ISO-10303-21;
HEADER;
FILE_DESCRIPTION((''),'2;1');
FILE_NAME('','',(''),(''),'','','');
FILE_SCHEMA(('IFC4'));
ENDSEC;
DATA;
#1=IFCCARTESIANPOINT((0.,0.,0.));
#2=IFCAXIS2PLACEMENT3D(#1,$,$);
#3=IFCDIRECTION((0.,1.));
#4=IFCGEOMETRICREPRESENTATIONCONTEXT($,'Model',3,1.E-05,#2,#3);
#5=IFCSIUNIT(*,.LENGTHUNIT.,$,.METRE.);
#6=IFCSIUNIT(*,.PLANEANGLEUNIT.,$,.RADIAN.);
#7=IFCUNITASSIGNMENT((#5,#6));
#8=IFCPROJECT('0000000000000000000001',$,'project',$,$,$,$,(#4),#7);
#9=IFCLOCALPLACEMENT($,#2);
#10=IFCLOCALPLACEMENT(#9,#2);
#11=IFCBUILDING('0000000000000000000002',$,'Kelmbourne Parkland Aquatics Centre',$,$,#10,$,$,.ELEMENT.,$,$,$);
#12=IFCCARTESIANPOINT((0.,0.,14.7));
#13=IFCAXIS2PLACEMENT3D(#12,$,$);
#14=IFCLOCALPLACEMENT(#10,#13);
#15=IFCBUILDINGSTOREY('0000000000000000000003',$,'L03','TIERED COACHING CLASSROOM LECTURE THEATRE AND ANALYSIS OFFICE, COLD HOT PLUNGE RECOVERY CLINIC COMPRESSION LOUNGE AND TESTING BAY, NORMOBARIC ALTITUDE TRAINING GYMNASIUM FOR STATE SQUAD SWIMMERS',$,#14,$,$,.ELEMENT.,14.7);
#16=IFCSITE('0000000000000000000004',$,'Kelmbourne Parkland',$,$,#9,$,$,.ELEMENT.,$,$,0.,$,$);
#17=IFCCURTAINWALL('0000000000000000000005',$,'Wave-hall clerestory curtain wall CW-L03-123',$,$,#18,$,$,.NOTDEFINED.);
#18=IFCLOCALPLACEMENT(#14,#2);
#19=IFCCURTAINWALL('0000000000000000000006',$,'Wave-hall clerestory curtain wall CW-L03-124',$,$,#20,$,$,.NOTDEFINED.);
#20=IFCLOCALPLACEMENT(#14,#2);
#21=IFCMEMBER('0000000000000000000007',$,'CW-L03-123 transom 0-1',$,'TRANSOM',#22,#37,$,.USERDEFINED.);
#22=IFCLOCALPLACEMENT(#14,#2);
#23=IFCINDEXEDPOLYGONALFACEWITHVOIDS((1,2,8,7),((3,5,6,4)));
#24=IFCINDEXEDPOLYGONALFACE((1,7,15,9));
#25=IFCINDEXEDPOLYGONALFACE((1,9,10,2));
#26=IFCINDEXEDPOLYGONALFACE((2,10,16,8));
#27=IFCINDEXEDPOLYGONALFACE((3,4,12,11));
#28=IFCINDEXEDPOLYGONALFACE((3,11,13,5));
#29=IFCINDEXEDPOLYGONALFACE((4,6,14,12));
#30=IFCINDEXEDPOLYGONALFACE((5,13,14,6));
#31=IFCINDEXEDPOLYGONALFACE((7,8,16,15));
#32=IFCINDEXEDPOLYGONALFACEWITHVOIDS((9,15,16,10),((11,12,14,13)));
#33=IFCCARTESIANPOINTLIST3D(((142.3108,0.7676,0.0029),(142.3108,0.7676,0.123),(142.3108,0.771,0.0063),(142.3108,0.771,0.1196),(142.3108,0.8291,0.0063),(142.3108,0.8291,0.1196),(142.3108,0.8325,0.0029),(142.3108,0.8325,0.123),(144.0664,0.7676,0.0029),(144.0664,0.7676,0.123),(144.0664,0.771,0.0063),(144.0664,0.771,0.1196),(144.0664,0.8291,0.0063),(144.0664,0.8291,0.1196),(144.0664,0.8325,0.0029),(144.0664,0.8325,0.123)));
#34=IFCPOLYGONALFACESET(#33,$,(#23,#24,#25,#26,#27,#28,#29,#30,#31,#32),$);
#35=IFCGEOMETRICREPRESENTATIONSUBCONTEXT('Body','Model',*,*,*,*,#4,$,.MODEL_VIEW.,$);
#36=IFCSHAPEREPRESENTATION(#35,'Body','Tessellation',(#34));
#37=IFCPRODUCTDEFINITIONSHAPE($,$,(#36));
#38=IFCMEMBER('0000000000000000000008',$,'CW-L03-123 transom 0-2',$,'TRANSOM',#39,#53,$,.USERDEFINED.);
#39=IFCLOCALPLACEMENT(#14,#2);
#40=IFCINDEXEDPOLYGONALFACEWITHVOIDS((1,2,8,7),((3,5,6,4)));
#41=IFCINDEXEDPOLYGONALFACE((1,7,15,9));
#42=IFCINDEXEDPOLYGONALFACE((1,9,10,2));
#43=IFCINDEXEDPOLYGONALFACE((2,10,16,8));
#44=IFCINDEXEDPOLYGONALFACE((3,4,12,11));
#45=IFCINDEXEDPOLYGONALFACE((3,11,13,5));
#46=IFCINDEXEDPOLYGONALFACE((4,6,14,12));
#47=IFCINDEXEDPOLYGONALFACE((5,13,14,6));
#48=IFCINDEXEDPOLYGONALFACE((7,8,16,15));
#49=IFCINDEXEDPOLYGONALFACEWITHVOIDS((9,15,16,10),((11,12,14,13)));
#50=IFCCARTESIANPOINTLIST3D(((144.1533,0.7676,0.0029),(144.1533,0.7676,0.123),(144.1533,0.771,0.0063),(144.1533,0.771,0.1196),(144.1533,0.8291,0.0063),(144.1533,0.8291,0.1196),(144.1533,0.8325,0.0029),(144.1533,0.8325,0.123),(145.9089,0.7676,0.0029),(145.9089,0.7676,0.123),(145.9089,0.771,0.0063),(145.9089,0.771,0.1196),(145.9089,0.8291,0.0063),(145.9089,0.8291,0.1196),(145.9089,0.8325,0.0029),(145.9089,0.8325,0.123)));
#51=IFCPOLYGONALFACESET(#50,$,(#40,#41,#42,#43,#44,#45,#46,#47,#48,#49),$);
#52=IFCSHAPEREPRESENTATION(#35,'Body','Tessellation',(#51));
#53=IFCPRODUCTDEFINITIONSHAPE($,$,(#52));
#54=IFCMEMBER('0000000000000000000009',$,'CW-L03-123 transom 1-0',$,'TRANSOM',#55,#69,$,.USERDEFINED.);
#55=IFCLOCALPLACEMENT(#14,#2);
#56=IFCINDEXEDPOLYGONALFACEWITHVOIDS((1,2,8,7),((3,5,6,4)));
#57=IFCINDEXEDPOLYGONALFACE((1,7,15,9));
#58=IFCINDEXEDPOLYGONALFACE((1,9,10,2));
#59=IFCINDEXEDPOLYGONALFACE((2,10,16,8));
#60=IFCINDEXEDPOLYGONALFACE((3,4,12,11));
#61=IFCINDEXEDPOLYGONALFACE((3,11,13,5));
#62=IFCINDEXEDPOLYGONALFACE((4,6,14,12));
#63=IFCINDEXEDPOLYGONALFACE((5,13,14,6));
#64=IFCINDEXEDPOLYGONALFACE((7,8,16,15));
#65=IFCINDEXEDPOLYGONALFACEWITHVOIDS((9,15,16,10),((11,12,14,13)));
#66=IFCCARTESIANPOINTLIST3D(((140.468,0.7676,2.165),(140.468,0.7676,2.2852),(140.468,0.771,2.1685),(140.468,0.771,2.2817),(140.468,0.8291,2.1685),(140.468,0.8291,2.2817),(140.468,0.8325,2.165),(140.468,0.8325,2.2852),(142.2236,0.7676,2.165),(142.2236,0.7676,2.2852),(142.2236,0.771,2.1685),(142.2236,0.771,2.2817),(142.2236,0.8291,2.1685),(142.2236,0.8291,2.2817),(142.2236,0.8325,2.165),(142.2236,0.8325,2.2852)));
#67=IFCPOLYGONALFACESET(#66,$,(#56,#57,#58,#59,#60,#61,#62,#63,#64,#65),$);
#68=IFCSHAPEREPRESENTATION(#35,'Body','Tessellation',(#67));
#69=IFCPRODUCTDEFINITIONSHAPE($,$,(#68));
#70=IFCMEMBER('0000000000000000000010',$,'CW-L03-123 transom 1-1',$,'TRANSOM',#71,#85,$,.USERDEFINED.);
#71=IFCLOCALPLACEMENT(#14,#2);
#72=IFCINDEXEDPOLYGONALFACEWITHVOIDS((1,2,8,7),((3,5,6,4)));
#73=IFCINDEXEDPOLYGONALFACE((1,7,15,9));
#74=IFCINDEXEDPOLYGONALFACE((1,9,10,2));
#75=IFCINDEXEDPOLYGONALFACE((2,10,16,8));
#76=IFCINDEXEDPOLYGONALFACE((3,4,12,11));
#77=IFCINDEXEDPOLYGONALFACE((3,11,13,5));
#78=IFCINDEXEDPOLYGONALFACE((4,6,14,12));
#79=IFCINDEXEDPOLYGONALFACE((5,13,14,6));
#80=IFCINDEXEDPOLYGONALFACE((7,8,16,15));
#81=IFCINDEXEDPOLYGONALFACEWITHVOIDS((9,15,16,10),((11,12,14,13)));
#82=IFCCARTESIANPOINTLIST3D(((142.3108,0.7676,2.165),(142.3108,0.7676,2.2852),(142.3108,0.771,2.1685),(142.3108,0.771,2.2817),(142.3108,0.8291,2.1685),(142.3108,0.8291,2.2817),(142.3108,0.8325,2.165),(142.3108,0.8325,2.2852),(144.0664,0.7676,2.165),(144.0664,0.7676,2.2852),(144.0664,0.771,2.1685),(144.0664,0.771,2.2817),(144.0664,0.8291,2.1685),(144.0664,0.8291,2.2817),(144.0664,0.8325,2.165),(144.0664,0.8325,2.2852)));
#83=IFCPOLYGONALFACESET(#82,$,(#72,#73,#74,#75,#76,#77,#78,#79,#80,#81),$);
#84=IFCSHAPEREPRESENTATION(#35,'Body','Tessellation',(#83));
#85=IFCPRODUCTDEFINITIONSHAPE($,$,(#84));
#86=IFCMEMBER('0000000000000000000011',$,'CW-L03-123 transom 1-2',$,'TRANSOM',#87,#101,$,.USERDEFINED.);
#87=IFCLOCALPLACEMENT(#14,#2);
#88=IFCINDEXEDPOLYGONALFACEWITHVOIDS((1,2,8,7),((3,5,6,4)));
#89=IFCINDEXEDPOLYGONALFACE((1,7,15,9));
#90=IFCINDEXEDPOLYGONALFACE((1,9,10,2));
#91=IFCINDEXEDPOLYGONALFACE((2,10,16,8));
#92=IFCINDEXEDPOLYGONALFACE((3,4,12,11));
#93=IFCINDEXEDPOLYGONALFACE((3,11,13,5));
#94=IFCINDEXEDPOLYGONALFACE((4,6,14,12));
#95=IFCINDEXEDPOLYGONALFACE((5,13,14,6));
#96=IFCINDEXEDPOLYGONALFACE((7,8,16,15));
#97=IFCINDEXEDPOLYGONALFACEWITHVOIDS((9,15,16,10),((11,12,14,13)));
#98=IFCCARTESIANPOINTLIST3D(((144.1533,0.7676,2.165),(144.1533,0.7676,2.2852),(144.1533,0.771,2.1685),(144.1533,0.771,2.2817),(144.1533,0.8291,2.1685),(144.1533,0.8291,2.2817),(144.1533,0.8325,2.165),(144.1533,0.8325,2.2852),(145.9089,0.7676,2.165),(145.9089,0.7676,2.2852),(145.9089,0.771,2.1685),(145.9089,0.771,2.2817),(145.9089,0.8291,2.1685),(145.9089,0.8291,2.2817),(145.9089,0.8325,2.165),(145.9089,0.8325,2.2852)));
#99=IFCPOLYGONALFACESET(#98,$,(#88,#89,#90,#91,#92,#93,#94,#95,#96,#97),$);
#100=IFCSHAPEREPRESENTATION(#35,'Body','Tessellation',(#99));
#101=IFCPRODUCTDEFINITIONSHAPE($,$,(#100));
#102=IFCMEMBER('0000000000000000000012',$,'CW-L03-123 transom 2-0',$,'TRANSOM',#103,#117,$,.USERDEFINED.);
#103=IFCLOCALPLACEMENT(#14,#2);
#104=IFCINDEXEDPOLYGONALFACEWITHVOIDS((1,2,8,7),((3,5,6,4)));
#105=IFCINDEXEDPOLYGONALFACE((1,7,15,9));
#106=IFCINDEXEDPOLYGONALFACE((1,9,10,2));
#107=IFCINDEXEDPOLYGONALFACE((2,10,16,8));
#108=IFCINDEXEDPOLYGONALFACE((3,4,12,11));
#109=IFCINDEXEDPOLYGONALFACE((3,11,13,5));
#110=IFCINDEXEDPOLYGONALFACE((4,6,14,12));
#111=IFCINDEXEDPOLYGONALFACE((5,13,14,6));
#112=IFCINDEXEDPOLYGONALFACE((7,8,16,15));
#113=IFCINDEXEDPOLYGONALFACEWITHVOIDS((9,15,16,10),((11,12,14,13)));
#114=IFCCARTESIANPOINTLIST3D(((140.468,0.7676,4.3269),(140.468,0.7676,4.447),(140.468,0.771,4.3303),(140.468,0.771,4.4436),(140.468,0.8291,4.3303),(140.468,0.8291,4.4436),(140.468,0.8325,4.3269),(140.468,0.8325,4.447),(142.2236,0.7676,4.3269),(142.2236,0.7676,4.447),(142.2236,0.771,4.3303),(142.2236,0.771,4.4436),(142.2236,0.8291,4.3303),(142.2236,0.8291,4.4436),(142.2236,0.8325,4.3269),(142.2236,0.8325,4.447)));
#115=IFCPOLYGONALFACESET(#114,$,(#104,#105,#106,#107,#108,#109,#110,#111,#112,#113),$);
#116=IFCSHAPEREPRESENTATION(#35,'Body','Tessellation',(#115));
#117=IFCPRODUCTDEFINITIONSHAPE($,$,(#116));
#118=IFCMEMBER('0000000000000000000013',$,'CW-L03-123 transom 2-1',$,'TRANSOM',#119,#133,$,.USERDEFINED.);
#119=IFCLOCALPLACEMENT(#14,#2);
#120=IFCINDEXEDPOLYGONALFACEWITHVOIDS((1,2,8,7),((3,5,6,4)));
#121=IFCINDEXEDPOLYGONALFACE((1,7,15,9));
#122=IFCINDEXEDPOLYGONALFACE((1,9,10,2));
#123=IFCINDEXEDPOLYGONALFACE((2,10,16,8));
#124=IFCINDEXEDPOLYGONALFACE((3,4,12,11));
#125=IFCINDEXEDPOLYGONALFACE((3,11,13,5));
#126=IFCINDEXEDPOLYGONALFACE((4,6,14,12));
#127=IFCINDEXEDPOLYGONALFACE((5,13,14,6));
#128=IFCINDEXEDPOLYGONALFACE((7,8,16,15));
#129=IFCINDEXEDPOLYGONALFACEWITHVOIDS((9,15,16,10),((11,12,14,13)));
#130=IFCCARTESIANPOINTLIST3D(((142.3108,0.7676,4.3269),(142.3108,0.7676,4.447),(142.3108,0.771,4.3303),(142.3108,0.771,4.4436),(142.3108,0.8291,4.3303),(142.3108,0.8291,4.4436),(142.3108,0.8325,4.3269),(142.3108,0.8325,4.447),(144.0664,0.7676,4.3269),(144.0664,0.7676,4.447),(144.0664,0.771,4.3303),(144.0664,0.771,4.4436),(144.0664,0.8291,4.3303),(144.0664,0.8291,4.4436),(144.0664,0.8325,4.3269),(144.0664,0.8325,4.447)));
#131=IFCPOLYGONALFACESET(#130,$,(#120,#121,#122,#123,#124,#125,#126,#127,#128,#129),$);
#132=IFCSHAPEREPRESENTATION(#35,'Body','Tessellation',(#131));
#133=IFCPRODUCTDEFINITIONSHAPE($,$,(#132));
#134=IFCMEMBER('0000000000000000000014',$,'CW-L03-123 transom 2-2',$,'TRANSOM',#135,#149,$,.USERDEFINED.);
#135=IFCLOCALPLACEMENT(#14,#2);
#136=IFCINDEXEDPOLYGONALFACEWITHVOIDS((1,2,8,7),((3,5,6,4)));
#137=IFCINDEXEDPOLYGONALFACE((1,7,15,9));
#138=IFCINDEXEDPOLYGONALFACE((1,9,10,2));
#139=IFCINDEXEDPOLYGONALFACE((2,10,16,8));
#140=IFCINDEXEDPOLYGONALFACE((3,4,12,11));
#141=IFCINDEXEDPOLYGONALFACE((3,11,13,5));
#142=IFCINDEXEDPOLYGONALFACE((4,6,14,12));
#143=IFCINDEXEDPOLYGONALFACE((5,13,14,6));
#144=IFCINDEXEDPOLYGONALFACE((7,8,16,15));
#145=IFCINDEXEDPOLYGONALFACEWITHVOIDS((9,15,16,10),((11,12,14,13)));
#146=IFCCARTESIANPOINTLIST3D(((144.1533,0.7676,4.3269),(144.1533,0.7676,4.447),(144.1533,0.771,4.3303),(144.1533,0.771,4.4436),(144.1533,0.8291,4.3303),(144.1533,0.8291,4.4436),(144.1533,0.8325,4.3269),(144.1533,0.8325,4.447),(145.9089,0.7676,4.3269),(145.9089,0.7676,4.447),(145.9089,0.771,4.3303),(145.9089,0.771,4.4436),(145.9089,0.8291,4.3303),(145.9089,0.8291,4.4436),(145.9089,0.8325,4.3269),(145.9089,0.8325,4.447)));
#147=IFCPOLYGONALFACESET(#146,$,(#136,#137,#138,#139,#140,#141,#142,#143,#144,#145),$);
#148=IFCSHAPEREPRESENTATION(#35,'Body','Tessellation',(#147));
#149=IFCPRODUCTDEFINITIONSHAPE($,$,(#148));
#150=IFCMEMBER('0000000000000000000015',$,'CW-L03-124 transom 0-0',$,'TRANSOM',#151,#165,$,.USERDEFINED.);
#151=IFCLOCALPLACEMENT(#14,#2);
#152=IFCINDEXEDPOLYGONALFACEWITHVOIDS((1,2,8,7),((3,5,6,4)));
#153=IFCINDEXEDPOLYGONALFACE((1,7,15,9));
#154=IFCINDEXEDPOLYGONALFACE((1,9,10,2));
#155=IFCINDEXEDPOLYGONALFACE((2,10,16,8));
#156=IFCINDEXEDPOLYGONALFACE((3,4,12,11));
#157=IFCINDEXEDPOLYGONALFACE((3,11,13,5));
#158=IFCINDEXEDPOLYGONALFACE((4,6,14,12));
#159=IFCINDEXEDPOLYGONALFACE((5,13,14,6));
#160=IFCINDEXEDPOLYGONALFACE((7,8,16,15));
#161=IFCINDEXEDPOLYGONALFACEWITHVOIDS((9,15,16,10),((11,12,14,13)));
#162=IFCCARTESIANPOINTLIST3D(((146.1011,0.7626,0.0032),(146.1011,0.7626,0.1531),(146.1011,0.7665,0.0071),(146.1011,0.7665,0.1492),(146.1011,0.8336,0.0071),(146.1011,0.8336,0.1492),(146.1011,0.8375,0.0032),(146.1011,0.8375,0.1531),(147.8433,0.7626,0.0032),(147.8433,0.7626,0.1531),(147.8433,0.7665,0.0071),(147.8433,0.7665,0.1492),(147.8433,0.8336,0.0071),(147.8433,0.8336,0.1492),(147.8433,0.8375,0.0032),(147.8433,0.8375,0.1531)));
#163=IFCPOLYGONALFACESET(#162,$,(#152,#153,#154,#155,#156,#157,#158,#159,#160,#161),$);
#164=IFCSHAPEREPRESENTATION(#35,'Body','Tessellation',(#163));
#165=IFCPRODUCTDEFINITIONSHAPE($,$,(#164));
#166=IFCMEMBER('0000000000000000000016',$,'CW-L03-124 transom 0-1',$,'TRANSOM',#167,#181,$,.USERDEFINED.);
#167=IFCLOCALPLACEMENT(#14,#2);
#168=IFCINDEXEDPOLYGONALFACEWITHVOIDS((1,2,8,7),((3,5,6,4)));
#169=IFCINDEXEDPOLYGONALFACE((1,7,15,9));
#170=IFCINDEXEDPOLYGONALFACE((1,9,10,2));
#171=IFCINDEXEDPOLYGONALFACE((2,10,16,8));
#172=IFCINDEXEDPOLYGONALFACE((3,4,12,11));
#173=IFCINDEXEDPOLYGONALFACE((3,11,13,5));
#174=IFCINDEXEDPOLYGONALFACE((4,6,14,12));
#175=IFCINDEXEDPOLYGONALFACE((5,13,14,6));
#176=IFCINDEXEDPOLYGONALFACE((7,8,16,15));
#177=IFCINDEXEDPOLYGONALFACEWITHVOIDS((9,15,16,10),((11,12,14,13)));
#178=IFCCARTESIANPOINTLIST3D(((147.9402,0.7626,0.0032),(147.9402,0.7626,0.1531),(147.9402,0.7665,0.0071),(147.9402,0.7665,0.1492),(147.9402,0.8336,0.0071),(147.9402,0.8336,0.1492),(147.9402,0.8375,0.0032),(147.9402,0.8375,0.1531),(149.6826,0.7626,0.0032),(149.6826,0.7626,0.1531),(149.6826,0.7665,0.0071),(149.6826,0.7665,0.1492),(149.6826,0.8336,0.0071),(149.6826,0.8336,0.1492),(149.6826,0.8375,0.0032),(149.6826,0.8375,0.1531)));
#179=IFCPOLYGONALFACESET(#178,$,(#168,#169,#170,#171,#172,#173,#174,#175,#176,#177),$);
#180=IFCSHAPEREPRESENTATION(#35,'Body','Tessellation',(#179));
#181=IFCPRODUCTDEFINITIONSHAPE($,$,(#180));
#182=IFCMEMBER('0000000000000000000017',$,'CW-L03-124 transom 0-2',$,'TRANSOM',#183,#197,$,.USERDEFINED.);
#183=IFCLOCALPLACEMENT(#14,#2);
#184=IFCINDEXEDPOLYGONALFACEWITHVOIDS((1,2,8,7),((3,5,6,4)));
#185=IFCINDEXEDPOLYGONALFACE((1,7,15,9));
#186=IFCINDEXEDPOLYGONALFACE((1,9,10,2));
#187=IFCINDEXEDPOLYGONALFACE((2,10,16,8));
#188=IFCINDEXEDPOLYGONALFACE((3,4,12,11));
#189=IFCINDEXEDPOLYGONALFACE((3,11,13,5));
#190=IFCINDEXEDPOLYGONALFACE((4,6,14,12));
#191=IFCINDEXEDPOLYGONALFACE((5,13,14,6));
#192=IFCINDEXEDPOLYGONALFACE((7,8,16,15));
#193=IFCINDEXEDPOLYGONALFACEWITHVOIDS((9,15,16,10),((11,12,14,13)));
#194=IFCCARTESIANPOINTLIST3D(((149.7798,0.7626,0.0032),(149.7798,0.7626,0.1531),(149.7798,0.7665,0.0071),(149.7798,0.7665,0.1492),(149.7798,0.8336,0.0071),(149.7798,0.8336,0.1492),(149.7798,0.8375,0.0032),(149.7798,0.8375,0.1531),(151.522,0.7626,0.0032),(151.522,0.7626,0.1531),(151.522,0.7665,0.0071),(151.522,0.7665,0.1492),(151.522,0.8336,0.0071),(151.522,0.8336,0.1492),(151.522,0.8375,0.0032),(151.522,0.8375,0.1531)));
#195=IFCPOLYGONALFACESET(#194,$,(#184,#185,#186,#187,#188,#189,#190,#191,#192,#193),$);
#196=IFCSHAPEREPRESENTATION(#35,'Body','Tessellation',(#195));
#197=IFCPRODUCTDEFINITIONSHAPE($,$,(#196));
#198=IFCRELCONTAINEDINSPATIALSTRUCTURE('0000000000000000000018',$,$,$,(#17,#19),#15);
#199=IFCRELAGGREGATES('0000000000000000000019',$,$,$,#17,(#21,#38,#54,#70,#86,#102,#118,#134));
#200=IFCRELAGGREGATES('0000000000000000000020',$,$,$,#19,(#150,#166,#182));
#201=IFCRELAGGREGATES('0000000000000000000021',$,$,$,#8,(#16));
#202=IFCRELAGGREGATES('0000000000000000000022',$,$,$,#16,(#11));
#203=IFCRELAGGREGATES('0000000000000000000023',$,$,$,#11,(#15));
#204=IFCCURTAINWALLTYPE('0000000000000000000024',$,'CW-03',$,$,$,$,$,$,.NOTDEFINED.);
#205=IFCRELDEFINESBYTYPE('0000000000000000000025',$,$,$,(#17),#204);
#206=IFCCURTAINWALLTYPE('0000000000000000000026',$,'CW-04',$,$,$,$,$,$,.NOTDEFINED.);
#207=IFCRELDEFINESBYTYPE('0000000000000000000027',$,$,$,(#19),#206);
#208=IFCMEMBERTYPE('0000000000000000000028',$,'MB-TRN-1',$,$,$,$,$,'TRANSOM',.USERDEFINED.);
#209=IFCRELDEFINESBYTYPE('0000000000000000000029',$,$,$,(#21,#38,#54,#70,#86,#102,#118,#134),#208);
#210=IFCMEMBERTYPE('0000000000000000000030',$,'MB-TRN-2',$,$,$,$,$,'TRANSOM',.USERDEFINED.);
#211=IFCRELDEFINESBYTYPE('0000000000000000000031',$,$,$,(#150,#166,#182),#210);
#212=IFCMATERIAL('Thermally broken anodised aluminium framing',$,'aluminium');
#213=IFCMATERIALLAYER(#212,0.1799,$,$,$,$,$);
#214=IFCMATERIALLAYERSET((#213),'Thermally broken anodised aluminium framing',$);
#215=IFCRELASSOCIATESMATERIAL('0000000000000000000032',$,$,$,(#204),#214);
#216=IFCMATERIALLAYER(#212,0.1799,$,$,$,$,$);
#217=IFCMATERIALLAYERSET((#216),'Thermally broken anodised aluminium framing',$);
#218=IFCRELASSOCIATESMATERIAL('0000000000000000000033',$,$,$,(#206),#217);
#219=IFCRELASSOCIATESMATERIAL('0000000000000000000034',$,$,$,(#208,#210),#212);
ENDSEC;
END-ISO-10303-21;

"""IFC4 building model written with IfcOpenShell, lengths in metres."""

from ifc_helpers import new_model, si_unit, direction, frame, origin, origin_2d, place, context, subcontext, project, spatial, hollow_rectangle, extrude, material, layer, layer_set, material_profile, profile_set, type_object, element, aggregate, save


model = new_model("IFC4")

# Units and contexts
model_context = context("Model", 3, precision=1e-05, world=origin(), true_north=direction((0.0, 1.0)))
body_context = subcontext(model_context, "Body", "Model", "MODEL_VIEW")
ifc_project = project(units=[si_unit("LENGTHUNIT", "METRE"), si_unit("PLANEANGLEUNIT", "RADIAN")], contexts=[model_context])

# Site, building, storey
site_placement = place(None, origin())
site = spatial("IfcSite", under=ifc_project, at=site_placement, Name="Kelmbourne Parkland", CompositionType="ELEMENT", RefElevation=0.0)
building_placement = place(site_placement, origin())
building = spatial("IfcBuilding", under=site, at=building_placement, Name="Kelmbourne Parkland Aquatics Centre", CompositionType="ELEMENT")
storey_placement = place(building_placement, frame((0.0, 0.0, 14.7)))
storey = spatial("IfcBuildingStorey", under=building, at=storey_placement, Name="L03", Description="TIERED COACHING CLASSROOM LECTURE THEATRE AND ANALYSIS OFFICE, COLD HOT PLUNGE RECOVERY CLINIC COMPRESSION LOUNGE AND TESTING BAY, NORMOBARIC ALTITUDE TRAINING GYMNASIUM FOR STATE SQUAD SWIMMERS", CompositionType="ELEMENT", Elevation=14.7)

# Shared definitions
ifc_material_1 = material(Name="Thermally broken anodised aluminium framing", Category="aluminium")

# Curtain walls
ifc_layer_1 = layer(ifc_material_1, 0.1799)
ifc_layer_set_1 = layer_set([ifc_layer_1], Name="Thermally broken anodised aluminium framing")
curtain_wall_type_1 = type_object("IfcCurtainWallType", Name="CW-03", PredefinedType="NOTDEFINED", material=ifc_layer_set_1)
curtain_wall_1_placement = place(storey_placement, origin())
curtain_wall_1 = element("IfcCurtainWall", 1, at=curtain_wall_1_placement, inside=storey, type_object=curtain_wall_type_1, Name="Wave-hall clerestory curtain wall CW-L03-123", PredefinedType="NOTDEFINED")
ifc_layer_2 = layer(ifc_material_1, 0.1799)
ifc_layer_set_2 = layer_set([ifc_layer_2], Name="Thermally broken anodised aluminium framing")
curtain_wall_type_2 = type_object("IfcCurtainWallType", Name="CW-04", PredefinedType="NOTDEFINED", material=ifc_layer_set_2)
curtain_wall_2_placement = place(storey_placement, origin())
curtain_wall_2 = element("IfcCurtainWall", 2, at=curtain_wall_2_placement, inside=storey, type_object=curtain_wall_type_2, Name="Wave-hall clerestory curtain wall CW-L03-124", PredefinedType="NOTDEFINED")

# Members
ifc_material_profile_1 = material_profile(ifc_material_1, hollow_rectangle(XDim=0.0649, YDim=0.1201, WallThickness=0.0034, at=origin_2d()), Name="CW-T 65x120")
ifc_profile_set_1 = profile_set([ifc_material_profile_1], Name="Thermally broken anodised aluminium framing")
member_type_1 = type_object("IfcMemberType", Name="MB-TRN-1", ElementType="TRANSOM", PredefinedType="USERDEFINED", material=ifc_profile_set_1)
member_1_placement = place(storey_placement, frame((142.3108, 0.8, 0.063), z_axis=(1.0, 0.0, 0.0), x_axis=(0.0, 1.0, 0.0)))
member_1 = element("IfcMember", 3, at=member_1_placement, type_object=member_type_1, Name="CW-L03-123 transom 0-1", ObjectType="TRANSOM", PredefinedType="USERDEFINED", context=body_context, shape_type="SweptSolid", body=[
    extrude(hollow_rectangle(XDim=0.0649, YDim=0.1201, WallThickness=0.0034, at=origin_2d()), origin(), (0.0, 0.0, 1.0), 1.7556),
])
member_2_placement = place(storey_placement, frame((144.1533, 0.8, 0.063), z_axis=(1.0, 0.0, 0.0), x_axis=(0.0, 1.0, 0.0)))
member_2 = element("IfcMember", 4, at=member_2_placement, type_object=member_type_1, Name="CW-L03-123 transom 0-2", ObjectType="TRANSOM", PredefinedType="USERDEFINED", context=body_context, shape_type="SweptSolid", body=[
    extrude(hollow_rectangle(XDim=0.0649, YDim=0.1201, WallThickness=0.0034, at=origin_2d()), origin(), (0.0, 0.0, 1.0), 1.7556),
])
member_3_placement = place(storey_placement, frame((140.468, 0.8, 2.2251), z_axis=(1.0, 0.0, 0.0), x_axis=(0.0, 1.0, 0.0)))
member_3 = element("IfcMember", 5, at=member_3_placement, type_object=member_type_1, Name="CW-L03-123 transom 1-0", ObjectType="TRANSOM", PredefinedType="USERDEFINED", context=body_context, shape_type="SweptSolid", body=[
    extrude(hollow_rectangle(XDim=0.0649, YDim=0.1201, WallThickness=0.0034, at=origin_2d()), origin(), (0.0, 0.0, 1.0), 1.7556),
])
member_4_placement = place(storey_placement, frame((142.3108, 0.8, 2.2251), z_axis=(1.0, 0.0, 0.0), x_axis=(0.0, 1.0, 0.0)))
member_4 = element("IfcMember", 6, at=member_4_placement, type_object=member_type_1, Name="CW-L03-123 transom 1-1", ObjectType="TRANSOM", PredefinedType="USERDEFINED", context=body_context, shape_type="SweptSolid", body=[
    extrude(hollow_rectangle(XDim=0.0649, YDim=0.1201, WallThickness=0.0034, at=origin_2d()), origin(), (0.0, 0.0, 1.0), 1.7556),
])
member_5_placement = place(storey_placement, frame((144.1533, 0.8, 2.2251), z_axis=(1.0, 0.0, 0.0), x_axis=(0.0, 1.0, 0.0)))
member_5 = element("IfcMember", 7, at=member_5_placement, type_object=member_type_1, Name="CW-L03-123 transom 1-2", ObjectType="TRANSOM", PredefinedType="USERDEFINED", context=body_context, shape_type="SweptSolid", body=[
    extrude(hollow_rectangle(XDim=0.0649, YDim=0.1201, WallThickness=0.0034, at=origin_2d()), origin(), (0.0, 0.0, 1.0), 1.7556),
])
member_6_placement = place(storey_placement, frame((140.468, 0.8, 4.387), z_axis=(1.0, 0.0, 0.0), x_axis=(0.0, 1.0, 0.0)))
member_6 = element("IfcMember", 8, at=member_6_placement, type_object=member_type_1, Name="CW-L03-123 transom 2-0", ObjectType="TRANSOM", PredefinedType="USERDEFINED", context=body_context, shape_type="SweptSolid", body=[
    extrude(hollow_rectangle(XDim=0.0649, YDim=0.1201, WallThickness=0.0034, at=origin_2d()), origin(), (0.0, 0.0, 1.0), 1.7556),
])
member_7_placement = place(storey_placement, frame((142.3108, 0.8, 4.387), z_axis=(1.0, 0.0, 0.0), x_axis=(0.0, 1.0, 0.0)))
member_7 = element("IfcMember", 9, at=member_7_placement, type_object=member_type_1, Name="CW-L03-123 transom 2-1", ObjectType="TRANSOM", PredefinedType="USERDEFINED", context=body_context, shape_type="SweptSolid", body=[
    extrude(hollow_rectangle(XDim=0.0649, YDim=0.1201, WallThickness=0.0034, at=origin_2d()), origin(), (0.0, 0.0, 1.0), 1.7556),
])
member_8_placement = place(storey_placement, frame((144.1533, 0.8, 4.387), z_axis=(1.0, 0.0, 0.0), x_axis=(0.0, 1.0, 0.0)))
member_8 = element("IfcMember", 10, at=member_8_placement, type_object=member_type_1, Name="CW-L03-123 transom 2-2", ObjectType="TRANSOM", PredefinedType="USERDEFINED", context=body_context, shape_type="SweptSolid", body=[
    extrude(hollow_rectangle(XDim=0.0649, YDim=0.1201, WallThickness=0.0034, at=origin_2d()), origin(), (0.0, 0.0, 1.0), 1.7556),
])
ifc_material_profile_2 = material_profile(ifc_material_1, hollow_rectangle(XDim=0.075, YDim=0.1499, WallThickness=0.0039, at=origin_2d()), Name="CW-T 75x150")
ifc_profile_set_2 = profile_set([ifc_material_profile_2], Name="Thermally broken anodised aluminium framing")
member_type_2 = type_object("IfcMemberType", Name="MB-TRN-2", ElementType="TRANSOM", PredefinedType="USERDEFINED", material=ifc_profile_set_2)
member_9_placement = place(storey_placement, frame((146.1011, 0.8, 0.0781), z_axis=(1.0, 0.0, 0.0), x_axis=(0.0, 1.0, 0.0)))
member_9 = element("IfcMember", 11, at=member_9_placement, type_object=member_type_2, Name="CW-L03-124 transom 0-0", ObjectType="TRANSOM", PredefinedType="USERDEFINED", context=body_context, shape_type="SweptSolid", body=[
    extrude(hollow_rectangle(XDim=0.075, YDim=0.1499, WallThickness=0.0039, at=origin_2d()), origin(), (0.0, 0.0, 1.0), 1.7422),
])
member_10_placement = place(storey_placement, frame((147.9402, 0.8, 0.0781), z_axis=(1.0, 0.0, 0.0), x_axis=(0.0, 1.0, 0.0)))
member_10 = element("IfcMember", 12, at=member_10_placement, type_object=member_type_2, Name="CW-L03-124 transom 0-1", ObjectType="TRANSOM", PredefinedType="USERDEFINED", context=body_context, shape_type="SweptSolid", body=[
    extrude(hollow_rectangle(XDim=0.075, YDim=0.1499, WallThickness=0.0039, at=origin_2d()), origin(), (0.0, 0.0, 1.0), 1.7424),
])
member_11_placement = place(storey_placement, frame((149.7798, 0.8, 0.0781), z_axis=(1.0, 0.0, 0.0), x_axis=(0.0, 1.0, 0.0)))
member_11 = element("IfcMember", 13, at=member_11_placement, type_object=member_type_2, Name="CW-L03-124 transom 0-2", ObjectType="TRANSOM", PredefinedType="USERDEFINED", context=body_context, shape_type="SweptSolid", body=[
    extrude(hollow_rectangle(XDim=0.075, YDim=0.1499, WallThickness=0.0039, at=origin_2d()), origin(), (0.0, 0.0, 1.0), 1.7422),
])

aggregate(curtain_wall_1, [member_1, member_2, member_3, member_4, member_5, member_6, member_7, member_8])
aggregate(curtain_wall_2, [member_9, member_10, member_11])

save(model, "model.ifc")
